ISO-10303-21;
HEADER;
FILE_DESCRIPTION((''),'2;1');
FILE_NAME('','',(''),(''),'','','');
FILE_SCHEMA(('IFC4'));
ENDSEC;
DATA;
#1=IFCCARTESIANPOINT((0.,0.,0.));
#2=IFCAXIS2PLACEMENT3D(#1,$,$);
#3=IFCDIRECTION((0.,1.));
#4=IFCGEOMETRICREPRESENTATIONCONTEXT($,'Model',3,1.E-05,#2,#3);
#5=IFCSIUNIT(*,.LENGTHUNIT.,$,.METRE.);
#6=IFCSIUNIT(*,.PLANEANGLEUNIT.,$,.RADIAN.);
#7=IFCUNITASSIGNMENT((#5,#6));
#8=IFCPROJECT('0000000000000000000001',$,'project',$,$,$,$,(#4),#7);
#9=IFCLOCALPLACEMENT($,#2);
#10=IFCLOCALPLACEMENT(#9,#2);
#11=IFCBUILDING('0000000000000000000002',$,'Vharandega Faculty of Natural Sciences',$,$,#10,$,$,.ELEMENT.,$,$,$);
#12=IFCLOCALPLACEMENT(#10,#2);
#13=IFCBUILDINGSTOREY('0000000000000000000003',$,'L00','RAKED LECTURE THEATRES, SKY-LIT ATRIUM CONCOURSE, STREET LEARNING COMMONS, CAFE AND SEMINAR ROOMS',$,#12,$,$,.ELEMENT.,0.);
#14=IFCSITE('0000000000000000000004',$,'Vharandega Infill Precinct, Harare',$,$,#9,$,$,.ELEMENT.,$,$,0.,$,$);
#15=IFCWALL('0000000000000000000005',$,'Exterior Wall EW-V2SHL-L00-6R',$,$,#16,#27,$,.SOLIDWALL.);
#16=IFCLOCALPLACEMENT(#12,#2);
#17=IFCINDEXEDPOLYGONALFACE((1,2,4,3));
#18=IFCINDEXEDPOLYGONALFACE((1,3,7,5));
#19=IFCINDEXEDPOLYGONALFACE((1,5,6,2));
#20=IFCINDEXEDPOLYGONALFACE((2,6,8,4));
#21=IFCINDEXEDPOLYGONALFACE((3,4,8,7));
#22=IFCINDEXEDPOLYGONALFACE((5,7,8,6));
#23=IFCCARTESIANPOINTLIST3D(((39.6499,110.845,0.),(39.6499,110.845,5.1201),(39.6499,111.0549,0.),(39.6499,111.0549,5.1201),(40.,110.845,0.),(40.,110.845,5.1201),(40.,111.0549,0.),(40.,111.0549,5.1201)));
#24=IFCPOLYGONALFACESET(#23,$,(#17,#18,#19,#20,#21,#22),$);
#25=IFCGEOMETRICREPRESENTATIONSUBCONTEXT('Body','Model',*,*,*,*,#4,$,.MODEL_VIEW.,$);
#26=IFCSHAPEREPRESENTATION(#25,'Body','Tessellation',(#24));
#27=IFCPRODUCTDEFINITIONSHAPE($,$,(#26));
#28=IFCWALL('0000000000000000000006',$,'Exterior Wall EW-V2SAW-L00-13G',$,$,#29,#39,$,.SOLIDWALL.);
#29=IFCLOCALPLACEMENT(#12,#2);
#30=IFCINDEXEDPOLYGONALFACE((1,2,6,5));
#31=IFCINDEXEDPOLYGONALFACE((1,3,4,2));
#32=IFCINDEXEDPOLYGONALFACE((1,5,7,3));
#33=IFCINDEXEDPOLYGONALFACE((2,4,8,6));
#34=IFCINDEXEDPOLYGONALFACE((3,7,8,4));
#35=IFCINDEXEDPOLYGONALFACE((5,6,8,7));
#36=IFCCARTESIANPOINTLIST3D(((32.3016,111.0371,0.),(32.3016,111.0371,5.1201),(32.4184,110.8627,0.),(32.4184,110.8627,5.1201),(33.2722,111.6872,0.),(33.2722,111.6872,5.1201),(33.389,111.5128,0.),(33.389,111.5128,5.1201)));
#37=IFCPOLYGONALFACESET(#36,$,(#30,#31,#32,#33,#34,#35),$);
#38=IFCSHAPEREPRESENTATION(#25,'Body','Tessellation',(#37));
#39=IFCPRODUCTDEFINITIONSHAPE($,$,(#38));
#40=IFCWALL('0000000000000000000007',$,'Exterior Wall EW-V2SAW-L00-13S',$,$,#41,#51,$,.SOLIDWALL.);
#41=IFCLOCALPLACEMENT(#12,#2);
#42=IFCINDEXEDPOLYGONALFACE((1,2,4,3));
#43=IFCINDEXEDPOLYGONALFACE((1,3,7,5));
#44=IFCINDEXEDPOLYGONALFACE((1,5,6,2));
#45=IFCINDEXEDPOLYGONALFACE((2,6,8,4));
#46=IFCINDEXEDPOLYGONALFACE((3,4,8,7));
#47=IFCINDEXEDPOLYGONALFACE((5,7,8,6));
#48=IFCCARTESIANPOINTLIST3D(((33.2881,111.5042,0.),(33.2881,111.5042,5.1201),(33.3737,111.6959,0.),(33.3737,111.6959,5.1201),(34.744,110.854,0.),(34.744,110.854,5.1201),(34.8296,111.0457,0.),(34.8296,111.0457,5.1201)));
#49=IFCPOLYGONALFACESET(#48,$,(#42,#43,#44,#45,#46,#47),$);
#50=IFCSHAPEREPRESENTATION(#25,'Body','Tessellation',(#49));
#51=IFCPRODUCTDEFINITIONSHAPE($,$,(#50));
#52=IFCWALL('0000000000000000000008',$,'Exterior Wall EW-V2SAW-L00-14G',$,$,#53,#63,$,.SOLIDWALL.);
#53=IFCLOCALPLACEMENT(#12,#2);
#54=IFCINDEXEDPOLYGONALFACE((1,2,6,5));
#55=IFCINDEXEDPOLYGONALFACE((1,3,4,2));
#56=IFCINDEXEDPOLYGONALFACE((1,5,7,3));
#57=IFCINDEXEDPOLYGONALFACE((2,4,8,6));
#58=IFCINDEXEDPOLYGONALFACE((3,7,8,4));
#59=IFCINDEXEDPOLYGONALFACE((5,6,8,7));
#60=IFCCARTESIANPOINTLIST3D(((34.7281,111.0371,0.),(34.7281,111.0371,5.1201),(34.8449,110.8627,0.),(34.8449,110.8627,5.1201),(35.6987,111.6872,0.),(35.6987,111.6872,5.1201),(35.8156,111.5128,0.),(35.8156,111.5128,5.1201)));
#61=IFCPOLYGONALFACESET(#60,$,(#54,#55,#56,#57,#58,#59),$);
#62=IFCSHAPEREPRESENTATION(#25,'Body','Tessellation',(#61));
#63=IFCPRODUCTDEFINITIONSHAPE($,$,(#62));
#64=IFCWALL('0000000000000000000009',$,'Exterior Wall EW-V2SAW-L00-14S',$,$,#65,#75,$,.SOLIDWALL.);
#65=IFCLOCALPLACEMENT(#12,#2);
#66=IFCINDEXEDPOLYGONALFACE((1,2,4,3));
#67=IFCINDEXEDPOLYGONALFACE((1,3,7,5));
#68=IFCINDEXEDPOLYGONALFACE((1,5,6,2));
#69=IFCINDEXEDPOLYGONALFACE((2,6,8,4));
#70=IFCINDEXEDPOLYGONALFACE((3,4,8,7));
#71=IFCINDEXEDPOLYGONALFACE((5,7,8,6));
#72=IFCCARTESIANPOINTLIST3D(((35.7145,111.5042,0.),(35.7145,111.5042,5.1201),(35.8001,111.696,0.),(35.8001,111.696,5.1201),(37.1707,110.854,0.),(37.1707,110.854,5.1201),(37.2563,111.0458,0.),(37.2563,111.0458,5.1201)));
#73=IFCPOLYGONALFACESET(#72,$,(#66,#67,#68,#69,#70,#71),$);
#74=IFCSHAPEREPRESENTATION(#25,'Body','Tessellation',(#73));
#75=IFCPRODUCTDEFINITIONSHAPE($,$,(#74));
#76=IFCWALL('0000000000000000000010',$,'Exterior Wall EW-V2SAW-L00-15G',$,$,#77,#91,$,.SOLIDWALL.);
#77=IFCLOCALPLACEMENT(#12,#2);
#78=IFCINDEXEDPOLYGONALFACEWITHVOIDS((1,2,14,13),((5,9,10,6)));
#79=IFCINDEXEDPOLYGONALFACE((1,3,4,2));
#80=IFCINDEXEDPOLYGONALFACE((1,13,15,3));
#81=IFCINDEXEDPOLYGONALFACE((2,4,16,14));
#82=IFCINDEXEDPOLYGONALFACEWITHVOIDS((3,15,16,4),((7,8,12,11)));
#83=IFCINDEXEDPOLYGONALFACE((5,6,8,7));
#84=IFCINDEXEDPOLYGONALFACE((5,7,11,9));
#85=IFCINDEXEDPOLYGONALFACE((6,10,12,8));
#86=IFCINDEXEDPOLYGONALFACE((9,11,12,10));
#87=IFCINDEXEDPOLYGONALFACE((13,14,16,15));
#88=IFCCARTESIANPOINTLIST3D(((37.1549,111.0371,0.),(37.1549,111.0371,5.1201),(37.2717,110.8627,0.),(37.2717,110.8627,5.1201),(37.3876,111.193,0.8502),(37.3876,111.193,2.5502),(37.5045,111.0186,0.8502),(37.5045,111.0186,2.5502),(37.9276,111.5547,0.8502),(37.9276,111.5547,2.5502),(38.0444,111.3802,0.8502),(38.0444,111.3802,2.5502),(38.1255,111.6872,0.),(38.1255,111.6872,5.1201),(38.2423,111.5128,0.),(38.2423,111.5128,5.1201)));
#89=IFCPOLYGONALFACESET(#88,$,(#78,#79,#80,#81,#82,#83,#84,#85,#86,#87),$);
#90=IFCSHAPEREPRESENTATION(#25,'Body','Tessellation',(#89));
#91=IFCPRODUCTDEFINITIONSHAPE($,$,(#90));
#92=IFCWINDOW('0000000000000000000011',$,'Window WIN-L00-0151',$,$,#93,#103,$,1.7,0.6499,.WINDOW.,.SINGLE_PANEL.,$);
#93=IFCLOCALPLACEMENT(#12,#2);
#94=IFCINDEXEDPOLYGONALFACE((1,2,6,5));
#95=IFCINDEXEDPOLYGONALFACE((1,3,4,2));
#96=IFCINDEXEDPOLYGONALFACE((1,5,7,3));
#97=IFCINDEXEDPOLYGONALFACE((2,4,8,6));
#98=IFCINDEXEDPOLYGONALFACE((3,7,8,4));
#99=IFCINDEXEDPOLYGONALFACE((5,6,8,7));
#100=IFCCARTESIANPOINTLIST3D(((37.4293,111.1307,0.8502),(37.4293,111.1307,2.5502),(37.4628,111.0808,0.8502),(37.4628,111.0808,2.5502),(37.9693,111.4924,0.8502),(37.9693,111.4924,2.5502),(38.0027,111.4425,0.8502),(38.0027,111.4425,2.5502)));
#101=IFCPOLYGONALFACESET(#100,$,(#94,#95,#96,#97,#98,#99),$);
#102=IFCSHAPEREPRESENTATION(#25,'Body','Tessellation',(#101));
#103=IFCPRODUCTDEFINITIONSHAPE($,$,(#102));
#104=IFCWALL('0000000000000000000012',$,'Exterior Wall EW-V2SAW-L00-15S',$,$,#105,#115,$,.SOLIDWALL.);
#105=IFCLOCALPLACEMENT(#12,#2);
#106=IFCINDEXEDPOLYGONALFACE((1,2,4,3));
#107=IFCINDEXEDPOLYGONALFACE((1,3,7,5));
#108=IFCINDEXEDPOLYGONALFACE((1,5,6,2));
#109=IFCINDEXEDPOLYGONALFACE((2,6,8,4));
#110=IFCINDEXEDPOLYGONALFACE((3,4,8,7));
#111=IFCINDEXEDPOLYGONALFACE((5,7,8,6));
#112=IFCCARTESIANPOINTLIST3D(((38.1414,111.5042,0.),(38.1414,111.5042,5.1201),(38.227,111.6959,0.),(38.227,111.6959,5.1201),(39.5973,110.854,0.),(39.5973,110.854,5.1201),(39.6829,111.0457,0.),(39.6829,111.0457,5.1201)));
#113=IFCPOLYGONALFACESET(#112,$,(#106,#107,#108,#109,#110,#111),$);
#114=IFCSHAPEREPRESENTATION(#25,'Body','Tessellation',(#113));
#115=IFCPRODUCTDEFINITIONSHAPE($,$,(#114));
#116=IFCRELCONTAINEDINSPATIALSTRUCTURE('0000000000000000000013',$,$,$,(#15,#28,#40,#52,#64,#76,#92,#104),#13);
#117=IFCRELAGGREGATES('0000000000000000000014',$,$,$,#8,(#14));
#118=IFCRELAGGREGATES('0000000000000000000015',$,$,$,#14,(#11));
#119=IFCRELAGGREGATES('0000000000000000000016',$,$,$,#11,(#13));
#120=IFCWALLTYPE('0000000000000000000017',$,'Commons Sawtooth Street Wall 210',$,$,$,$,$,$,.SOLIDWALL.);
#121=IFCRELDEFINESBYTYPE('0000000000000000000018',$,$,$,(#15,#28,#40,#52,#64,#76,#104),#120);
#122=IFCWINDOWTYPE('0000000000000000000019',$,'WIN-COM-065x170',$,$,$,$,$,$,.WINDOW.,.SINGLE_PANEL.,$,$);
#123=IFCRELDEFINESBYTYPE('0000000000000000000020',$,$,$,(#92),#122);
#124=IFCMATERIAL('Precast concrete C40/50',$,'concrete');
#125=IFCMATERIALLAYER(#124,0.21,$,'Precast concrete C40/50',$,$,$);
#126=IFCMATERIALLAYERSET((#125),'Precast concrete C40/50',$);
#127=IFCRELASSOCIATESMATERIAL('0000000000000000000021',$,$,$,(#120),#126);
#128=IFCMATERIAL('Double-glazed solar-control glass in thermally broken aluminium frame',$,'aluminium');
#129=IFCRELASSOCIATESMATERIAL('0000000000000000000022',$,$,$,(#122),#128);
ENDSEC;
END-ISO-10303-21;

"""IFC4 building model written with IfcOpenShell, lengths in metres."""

from ifc_helpers import new_model, si_unit, direction, frame, frame_2d, origin, place, context, subcontext, project, spatial, rectangle, extrude, material, layer, layer_set, type_object, element, fill, save


model = new_model("IFC4")

# Units and contexts
model_context = context("Model", 3, precision=1e-05, world=origin(), true_north=direction((0.0, 1.0)))
body_context = subcontext(model_context, "Body", "Model", "MODEL_VIEW")
ifc_project = project(units=[si_unit("LENGTHUNIT", "METRE"), si_unit("PLANEANGLEUNIT", "RADIAN")], contexts=[model_context])

# Site, building, storey
site_placement = place(None, origin())
site = spatial("IfcSite", under=ifc_project, at=site_placement, Name="Vharandega Infill Precinct, Harare", CompositionType="ELEMENT", RefElevation=0.0)
building_placement = place(site_placement, origin())
building = spatial("IfcBuilding", under=site, at=building_placement, Name="Vharandega Faculty of Natural Sciences", CompositionType="ELEMENT")
storey_placement = place(building_placement, origin())
storey = spatial("IfcBuildingStorey", under=building, at=storey_placement, Name="L00", Description="RAKED LECTURE THEATRES, SKY-LIT ATRIUM CONCOURSE, STREET LEARNING COMMONS, CAFE AND SEMINAR ROOMS", CompositionType="ELEMENT", Elevation=0.0)

# Walls
ifc_material_1 = material(Name="Precast concrete C40/50", Category="concrete")
ifc_layer_1 = layer(ifc_material_1, 0.21, Name="Precast concrete C40/50")
ifc_layer_set_1 = layer_set([ifc_layer_1], Name="Precast concrete C40/50")
wall_type = type_object("IfcWallType", Name="Commons Sawtooth Street Wall 210", PredefinedType="SOLIDWALL", material=ifc_layer_set_1)
wall_1_placement = place(storey_placement, frame((39.6499, 110.95, 0.0), z_axis=(0.0, 0.0, 1.0), x_axis=(1.0, 0.0, 0.0)))
element("IfcWall", 1, at=wall_1_placement, inside=storey, type_object=wall_type, Name="Exterior Wall EW-V2SHL-L00-6R", PredefinedType="SOLIDWALL", context=body_context, shape_type="SweptSolid", body=[
    extrude(rectangle(XDim=0.3501, YDim=0.21, at=frame_2d((0.175, 0.0))), origin(), (0.0, 0.0, 1.0), 5.1201),
])
wall_2_placement = place(storey_placement, frame((32.3601, 110.95, 0.0), z_axis=(0.0, 0.0, 1.0), x_axis=(0.830859, 0.556483, 0.0)))
element("IfcWall", 2, at=wall_2_placement, inside=storey, type_object=wall_type, Name="Exterior Wall EW-V2SAW-L00-13G", PredefinedType="SOLIDWALL", context=body_context, shape_type="SweptSolid", body=[
    extrude(rectangle(XDim=1.1682, YDim=0.21, at=frame_2d((0.584, 0.0))), origin(), (0.0, 0.0, 1.0), 5.1201),
])
wall_3_placement = place(storey_placement, frame((33.3308, 111.6001, 0.0), z_axis=(0.0, 0.0, 1.0), x_axis=(0.913084, -0.407772, 0.0)))
element("IfcWall", 3, at=wall_3_placement, inside=storey, type_object=wall_type, Name="Exterior Wall EW-V2SAW-L00-13S", PredefinedType="SOLIDWALL", context=body_context, shape_type="SweptSolid", body=[
    extrude(rectangle(XDim=1.5945, YDim=0.21, at=frame_2d((0.7974, 0.0))), origin(), (0.0, 0.0, 1.0), 5.1201),
])
wall_4_placement = place(storey_placement, frame((34.7866, 110.95, 0.0), z_axis=(0.0, 0.0, 1.0), x_axis=(0.830859, 0.556483, 0.0)))
element("IfcWall", 4, at=wall_4_placement, inside=storey, type_object=wall_type, Name="Exterior Wall EW-V2SAW-L00-14G", PredefinedType="SOLIDWALL", context=body_context, shape_type="SweptSolid", body=[
    extrude(rectangle(XDim=1.1682, YDim=0.21, at=frame_2d((0.584, 0.0))), origin(), (0.0, 0.0, 1.0), 5.1201),
])
wall_5_placement = place(storey_placement, frame((35.7573, 111.6001, 0.0), z_axis=(0.0, 0.0, 1.0), x_axis=(0.913109, -0.407715, 0.0)))
element("IfcWall", 5, at=wall_5_placement, inside=storey, type_object=wall_type, Name="Exterior Wall EW-V2SAW-L00-14S", PredefinedType="SOLIDWALL", context=body_context, shape_type="SweptSolid", body=[
    extrude(rectangle(XDim=1.5947, YDim=0.21, at=frame_2d((0.7974, 0.0))), origin(), (0.0, 0.0, 1.0), 5.1201),
])

# Wall, opening, window
wall_6_placement = place(storey_placement, frame((37.2134, 110.95, 0.0), z_axis=(0.0, 0.0, 1.0), x_axis=(0.830859, 0.556483, 0.0)))
wall_6 = element("IfcWall", 6, at=wall_6_placement, inside=storey, type_object=wall_type, Name="Exterior Wall EW-V2SAW-L00-15G", PredefinedType="SOLIDWALL", context=body_context, shape_type="SweptSolid", body=[
    extrude(rectangle(XDim=1.1682, YDim=0.21, at=frame_2d((0.584, 0.0))), origin(), (0.0, 0.0, 1.0), 5.1201),
])
opening_placement = place(wall_6_placement, frame((0.28, 0.0, 0.8501)))
opening = element("IfcOpeningElement", 7, at=opening_placement, cuts=wall_6, PredefinedType="OPENING", context=body_context, shape_type="SweptSolid", body=[
    extrude(rectangle(XDim=0.6499, YDim=1.7, at=frame_2d((0.325, 0.8501))), frame((0.0, 0.115, 0.0), z_axis=(0.0, -1.0, 0.0), x_axis=(1.0, 0.0, 0.0)), (0.0, 0.0, 1.0), 0.23),
])
ifc_material_2 = material(Name="Double-glazed solar-control glass in thermally broken aluminium frame", Category="aluminium")
window_type = type_object("IfcWindowType", Name="WIN-COM-065x170", PartitioningType="SINGLE_PANEL", PredefinedType="WINDOW", material=ifc_material_2)
window_placement = place(opening_placement, origin())
window = element("IfcWindow", 8, at=window_placement, inside=storey, type_object=window_type, Name="Window WIN-L00-0151", OverallHeight=1.7, OverallWidth=0.6499, PartitioningType="SINGLE_PANEL", PredefinedType="WINDOW", context=body_context, shape_type="SweptSolid", body=[
    extrude(rectangle(XDim=0.6499, YDim=1.7, at=frame_2d((0.325, 0.8501))), frame((0.0, 0.03, 0.0), z_axis=(0.0, -1.0, 0.0), x_axis=(1.0, 0.0, 0.0)), (0.0, 0.0, 1.0), 0.0601),
])
fill(opening, window)

# Wall
wall_7_placement = place(storey_placement, frame((38.1841, 111.6001, 0.0), z_axis=(0.0, 0.0, 1.0), x_axis=(0.913084, -0.407772, 0.0)))
element("IfcWall", 9, at=wall_7_placement, inside=storey, type_object=wall_type, Name="Exterior Wall EW-V2SAW-L00-15S", PredefinedType="SOLIDWALL", context=body_context, shape_type="SweptSolid", body=[
    extrude(rectangle(XDim=1.5945, YDim=0.21, at=frame_2d((0.7974, 0.0))), origin(), (0.0, 0.0, 1.0), 5.1201),
])

save(model, "model.ifc")
